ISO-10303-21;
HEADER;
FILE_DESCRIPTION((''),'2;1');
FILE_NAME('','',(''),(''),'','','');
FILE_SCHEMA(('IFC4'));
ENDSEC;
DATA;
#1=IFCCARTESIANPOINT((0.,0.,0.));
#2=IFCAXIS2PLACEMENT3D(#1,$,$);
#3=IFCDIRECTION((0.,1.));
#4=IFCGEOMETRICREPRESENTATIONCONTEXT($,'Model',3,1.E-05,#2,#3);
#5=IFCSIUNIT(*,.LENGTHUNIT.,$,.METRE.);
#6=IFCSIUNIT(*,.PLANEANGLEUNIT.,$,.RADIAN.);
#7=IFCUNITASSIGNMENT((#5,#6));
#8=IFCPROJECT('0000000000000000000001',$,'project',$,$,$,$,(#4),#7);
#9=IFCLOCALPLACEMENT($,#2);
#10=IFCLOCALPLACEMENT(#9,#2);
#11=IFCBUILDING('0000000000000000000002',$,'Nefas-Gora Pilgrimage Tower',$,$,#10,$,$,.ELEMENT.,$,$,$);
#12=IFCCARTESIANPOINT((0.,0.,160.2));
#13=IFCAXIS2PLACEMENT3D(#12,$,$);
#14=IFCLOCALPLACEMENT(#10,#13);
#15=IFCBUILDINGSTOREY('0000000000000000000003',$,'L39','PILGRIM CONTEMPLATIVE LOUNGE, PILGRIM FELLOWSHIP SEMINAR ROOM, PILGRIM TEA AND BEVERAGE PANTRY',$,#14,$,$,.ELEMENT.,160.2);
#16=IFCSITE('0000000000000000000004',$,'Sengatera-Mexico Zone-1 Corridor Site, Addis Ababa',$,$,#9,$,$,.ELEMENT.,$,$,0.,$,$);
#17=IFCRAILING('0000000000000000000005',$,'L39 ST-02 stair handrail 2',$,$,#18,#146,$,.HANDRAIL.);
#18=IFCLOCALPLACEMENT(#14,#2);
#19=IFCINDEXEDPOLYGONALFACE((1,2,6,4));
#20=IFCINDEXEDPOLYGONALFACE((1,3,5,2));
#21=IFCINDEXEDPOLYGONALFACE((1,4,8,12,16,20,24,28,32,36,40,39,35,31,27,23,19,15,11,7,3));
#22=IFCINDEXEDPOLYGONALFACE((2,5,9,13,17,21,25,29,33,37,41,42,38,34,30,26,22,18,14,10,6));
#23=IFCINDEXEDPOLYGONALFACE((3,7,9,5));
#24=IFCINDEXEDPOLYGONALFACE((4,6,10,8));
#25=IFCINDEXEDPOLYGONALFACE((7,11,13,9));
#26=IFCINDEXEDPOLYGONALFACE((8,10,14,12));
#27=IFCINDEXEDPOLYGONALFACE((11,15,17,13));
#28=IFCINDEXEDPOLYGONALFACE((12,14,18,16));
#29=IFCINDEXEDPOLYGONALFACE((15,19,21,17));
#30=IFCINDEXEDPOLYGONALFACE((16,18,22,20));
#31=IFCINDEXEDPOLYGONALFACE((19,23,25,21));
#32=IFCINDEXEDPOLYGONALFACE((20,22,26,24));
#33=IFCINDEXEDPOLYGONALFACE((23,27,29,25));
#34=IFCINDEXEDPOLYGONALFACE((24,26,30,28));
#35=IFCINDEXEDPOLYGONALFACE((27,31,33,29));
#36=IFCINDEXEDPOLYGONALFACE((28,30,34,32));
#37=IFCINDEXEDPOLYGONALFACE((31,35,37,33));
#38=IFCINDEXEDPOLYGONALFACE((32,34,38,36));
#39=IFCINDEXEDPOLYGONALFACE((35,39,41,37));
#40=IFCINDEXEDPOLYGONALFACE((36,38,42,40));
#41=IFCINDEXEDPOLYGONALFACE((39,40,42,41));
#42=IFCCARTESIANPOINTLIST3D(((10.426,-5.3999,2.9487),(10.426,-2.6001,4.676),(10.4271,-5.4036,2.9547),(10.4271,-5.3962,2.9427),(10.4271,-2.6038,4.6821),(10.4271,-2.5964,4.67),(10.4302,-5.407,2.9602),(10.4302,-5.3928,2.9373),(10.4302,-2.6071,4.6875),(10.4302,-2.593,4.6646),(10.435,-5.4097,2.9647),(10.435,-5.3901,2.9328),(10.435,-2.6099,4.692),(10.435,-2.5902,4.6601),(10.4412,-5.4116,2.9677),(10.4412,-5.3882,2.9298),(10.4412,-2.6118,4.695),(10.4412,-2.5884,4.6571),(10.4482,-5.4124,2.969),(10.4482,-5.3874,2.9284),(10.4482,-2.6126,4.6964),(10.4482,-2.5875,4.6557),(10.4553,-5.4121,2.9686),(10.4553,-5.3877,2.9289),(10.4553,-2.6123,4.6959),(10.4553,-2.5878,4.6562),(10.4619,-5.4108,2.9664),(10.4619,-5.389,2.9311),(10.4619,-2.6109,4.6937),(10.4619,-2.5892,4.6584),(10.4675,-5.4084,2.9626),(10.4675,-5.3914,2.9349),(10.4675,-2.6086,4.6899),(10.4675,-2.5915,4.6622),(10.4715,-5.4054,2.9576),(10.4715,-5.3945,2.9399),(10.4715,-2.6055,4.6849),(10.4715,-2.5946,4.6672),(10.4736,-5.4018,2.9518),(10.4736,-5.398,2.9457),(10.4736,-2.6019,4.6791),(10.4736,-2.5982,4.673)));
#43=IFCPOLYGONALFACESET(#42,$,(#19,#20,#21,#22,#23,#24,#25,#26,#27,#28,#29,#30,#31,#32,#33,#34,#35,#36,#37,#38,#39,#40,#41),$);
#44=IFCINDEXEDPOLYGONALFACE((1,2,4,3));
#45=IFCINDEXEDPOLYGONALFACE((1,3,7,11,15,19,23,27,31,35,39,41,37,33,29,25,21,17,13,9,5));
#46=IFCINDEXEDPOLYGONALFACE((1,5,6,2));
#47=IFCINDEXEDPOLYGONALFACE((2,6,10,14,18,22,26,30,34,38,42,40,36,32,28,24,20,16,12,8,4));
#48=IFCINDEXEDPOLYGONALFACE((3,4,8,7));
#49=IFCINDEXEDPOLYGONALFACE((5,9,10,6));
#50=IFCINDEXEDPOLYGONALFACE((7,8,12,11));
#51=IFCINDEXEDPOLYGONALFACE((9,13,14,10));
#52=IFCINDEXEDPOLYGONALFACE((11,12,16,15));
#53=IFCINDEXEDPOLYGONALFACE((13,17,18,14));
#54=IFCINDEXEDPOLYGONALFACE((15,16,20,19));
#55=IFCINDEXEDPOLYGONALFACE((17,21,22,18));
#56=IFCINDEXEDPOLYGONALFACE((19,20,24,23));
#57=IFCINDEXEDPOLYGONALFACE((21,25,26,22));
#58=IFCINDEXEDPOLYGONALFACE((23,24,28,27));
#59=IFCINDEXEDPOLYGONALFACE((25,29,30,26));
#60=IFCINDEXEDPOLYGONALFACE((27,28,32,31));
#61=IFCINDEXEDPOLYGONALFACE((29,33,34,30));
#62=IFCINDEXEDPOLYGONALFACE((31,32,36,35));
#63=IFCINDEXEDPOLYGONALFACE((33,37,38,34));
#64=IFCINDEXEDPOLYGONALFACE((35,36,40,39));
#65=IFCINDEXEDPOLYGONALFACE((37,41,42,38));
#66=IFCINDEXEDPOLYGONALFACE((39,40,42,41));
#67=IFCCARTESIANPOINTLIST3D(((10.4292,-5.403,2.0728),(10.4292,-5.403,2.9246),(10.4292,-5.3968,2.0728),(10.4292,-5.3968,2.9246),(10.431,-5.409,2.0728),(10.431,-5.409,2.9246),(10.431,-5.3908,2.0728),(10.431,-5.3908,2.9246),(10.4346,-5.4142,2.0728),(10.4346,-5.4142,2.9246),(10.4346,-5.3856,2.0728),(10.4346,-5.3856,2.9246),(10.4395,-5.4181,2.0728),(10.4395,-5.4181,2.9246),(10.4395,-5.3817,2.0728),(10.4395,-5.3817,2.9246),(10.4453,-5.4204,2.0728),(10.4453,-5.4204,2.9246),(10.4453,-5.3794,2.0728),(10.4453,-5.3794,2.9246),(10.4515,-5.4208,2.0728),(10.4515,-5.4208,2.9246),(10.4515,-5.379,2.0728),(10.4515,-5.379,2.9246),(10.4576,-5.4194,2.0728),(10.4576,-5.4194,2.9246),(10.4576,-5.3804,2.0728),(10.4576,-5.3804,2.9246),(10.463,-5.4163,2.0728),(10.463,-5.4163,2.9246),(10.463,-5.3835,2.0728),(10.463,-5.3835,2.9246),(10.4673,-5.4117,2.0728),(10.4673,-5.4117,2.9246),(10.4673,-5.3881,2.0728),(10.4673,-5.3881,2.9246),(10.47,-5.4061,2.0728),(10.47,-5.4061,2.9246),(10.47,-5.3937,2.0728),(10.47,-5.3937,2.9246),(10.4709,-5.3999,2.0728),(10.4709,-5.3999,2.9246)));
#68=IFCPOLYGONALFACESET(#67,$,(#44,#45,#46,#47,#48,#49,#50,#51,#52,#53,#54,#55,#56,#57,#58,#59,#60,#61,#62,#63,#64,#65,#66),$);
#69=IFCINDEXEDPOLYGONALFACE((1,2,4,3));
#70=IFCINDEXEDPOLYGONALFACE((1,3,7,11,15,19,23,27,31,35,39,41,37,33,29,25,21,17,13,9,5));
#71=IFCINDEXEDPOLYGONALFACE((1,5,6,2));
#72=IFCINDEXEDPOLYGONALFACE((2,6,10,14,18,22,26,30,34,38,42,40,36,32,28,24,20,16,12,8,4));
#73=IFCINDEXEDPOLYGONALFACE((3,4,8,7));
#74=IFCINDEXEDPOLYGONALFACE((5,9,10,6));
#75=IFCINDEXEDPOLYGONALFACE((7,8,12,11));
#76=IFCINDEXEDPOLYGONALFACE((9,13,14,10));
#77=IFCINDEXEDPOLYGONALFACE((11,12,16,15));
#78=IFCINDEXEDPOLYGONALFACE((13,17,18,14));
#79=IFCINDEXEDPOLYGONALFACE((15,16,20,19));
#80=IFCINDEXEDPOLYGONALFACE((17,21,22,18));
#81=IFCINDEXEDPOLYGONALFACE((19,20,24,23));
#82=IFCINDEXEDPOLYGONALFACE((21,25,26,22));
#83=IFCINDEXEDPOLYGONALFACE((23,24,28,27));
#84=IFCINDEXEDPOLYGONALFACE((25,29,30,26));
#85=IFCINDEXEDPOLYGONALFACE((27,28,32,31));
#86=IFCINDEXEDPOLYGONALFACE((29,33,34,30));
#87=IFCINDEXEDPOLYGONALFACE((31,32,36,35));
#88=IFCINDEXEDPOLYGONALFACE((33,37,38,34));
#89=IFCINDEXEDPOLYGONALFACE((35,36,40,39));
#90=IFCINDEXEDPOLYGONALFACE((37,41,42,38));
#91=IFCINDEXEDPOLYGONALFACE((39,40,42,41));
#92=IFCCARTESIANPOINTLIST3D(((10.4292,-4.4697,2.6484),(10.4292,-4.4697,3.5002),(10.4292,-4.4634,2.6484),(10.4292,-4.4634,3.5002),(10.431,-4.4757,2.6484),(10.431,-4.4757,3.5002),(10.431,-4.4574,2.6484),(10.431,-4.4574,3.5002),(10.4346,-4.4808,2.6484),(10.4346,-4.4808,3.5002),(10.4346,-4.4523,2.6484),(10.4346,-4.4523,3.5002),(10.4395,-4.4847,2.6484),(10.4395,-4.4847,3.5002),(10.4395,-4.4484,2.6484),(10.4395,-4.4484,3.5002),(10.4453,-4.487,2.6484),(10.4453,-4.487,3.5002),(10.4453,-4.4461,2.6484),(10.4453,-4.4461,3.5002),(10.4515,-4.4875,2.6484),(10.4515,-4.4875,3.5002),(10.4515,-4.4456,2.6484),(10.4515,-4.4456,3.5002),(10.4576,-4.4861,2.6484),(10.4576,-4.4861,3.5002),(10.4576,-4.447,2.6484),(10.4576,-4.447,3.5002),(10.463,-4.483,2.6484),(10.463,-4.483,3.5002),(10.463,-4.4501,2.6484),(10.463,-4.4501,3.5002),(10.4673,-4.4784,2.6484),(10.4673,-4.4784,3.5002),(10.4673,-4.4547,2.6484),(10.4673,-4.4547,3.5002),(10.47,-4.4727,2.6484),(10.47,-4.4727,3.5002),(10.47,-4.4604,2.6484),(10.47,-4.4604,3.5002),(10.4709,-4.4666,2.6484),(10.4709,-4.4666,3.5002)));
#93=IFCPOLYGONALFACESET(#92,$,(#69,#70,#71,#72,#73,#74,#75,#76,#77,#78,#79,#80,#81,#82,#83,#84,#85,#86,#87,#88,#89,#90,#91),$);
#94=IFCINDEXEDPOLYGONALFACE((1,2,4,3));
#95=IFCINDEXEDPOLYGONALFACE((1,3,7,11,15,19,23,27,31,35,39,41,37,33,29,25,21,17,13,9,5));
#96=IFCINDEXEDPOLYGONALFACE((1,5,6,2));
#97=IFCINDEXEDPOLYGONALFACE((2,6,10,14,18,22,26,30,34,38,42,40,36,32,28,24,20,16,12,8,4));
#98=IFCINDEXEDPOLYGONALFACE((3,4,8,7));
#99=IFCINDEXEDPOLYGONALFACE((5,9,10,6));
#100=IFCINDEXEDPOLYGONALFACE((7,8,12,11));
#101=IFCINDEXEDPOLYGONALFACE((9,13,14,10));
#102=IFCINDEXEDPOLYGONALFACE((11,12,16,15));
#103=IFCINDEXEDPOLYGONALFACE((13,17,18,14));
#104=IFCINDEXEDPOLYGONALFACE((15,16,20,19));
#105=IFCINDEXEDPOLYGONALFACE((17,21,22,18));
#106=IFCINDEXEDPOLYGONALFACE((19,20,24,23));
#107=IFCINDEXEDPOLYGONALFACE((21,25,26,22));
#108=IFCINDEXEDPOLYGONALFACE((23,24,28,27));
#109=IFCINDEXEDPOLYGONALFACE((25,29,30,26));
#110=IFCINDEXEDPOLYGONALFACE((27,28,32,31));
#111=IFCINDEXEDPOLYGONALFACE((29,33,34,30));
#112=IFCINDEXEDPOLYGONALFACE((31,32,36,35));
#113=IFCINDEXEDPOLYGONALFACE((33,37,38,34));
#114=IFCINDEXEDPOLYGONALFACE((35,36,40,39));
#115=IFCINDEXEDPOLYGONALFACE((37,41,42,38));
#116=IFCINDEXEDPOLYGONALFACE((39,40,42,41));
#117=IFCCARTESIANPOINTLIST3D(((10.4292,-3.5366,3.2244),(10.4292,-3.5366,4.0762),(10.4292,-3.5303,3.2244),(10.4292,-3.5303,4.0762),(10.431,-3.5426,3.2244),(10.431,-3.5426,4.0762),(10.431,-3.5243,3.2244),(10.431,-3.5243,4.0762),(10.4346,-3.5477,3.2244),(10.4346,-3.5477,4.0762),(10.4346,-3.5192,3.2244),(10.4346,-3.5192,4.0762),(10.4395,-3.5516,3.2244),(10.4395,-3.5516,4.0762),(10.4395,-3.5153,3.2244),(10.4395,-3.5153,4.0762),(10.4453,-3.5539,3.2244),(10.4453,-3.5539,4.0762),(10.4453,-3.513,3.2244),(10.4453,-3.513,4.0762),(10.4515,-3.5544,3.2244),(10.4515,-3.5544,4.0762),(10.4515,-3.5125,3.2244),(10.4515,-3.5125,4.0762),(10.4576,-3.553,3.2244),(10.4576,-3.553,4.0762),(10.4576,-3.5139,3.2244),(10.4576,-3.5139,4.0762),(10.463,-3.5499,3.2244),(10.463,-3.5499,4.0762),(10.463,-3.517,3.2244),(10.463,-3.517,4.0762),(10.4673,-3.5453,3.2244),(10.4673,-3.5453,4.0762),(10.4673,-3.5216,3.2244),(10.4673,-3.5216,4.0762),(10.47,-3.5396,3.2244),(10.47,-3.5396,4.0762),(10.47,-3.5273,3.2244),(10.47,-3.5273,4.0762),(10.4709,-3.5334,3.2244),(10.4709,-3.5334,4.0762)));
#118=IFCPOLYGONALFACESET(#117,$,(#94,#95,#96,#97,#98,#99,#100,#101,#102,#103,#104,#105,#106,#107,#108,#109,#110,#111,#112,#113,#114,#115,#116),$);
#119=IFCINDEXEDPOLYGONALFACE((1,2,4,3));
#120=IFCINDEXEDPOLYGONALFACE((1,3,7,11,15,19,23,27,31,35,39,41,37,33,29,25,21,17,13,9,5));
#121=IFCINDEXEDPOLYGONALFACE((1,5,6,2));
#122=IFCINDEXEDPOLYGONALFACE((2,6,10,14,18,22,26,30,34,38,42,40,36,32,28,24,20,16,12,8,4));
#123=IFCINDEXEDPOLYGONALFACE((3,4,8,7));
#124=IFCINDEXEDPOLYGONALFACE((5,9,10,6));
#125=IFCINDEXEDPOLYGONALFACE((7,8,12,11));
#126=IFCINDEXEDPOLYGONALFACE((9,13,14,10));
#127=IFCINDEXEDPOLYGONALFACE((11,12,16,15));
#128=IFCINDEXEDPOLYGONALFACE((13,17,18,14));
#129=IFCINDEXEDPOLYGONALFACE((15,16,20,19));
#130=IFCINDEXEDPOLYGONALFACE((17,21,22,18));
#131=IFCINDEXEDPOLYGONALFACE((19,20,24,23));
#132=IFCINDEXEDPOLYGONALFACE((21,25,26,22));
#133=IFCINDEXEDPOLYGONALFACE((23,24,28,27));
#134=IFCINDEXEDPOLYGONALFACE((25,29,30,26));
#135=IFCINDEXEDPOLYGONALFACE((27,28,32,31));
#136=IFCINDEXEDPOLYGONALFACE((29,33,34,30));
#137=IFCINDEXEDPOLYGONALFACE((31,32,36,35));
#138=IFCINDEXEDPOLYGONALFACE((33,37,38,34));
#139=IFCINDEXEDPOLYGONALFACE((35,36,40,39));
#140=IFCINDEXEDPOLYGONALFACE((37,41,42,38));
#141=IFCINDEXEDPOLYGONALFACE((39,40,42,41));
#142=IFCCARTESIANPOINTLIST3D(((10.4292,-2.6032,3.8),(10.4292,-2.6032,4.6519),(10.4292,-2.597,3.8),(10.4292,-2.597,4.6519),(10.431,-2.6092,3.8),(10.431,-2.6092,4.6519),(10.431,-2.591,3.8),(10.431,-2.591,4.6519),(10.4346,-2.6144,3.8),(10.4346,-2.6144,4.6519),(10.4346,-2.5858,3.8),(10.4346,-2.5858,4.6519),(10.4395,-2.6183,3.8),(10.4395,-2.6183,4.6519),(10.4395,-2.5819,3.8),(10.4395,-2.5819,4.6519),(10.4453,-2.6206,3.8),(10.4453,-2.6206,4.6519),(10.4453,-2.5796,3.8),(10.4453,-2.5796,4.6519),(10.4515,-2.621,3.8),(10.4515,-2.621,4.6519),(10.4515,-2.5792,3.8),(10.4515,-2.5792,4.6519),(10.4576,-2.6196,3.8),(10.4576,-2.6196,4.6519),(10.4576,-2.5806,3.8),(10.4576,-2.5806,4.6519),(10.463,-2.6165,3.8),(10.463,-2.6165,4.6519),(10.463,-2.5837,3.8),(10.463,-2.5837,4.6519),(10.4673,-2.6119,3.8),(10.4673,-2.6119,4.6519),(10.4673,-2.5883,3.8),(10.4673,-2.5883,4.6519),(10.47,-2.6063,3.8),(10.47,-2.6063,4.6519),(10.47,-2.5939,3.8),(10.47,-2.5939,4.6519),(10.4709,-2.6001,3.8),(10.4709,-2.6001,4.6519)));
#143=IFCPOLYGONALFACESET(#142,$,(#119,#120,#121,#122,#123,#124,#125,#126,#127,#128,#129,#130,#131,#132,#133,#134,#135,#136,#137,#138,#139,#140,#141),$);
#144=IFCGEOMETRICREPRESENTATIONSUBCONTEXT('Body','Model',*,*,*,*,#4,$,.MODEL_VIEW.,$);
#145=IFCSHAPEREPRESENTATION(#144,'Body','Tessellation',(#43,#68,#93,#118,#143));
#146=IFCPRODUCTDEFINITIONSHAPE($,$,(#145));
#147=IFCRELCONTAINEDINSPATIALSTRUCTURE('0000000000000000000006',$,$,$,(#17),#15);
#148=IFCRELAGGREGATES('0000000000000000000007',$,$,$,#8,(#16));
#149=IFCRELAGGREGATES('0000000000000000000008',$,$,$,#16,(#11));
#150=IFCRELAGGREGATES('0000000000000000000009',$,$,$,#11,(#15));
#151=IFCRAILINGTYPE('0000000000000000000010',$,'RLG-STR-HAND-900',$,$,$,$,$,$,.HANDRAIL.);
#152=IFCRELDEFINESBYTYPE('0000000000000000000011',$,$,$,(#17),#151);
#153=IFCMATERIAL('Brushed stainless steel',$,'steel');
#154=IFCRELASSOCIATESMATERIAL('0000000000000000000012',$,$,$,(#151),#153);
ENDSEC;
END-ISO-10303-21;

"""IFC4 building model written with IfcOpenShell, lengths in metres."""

from ifc_helpers import new_model, si_unit, direction, frame, origin, origin_2d, place, context, subcontext, project, spatial, circle, extrude, material, type_object, element, save


model = new_model("IFC4")

# Units and contexts
model_context = context("Model", 3, precision=1e-05, world=origin(), true_north=direction((0.0, 1.0)))
body_context = subcontext(model_context, "Body", "Model", "MODEL_VIEW")
ifc_project = project(units=[si_unit("LENGTHUNIT", "METRE"), si_unit("PLANEANGLEUNIT", "RADIAN")], contexts=[model_context])

# Site, building, storey
site_placement = place(None, origin())
site = spatial("IfcSite", under=ifc_project, at=site_placement, Name="Sengatera-Mexico Zone-1 Corridor Site, Addis Ababa", CompositionType="ELEMENT", RefElevation=0.0)
building_placement = place(site_placement, origin())
building = spatial("IfcBuilding", under=site, at=building_placement, Name="Nefas-Gora Pilgrimage Tower", CompositionType="ELEMENT")
storey_placement = place(building_placement, frame((0.0, 0.0, 160.2)))
storey = spatial("IfcBuildingStorey", under=building, at=storey_placement, Name="L39", Description="PILGRIM CONTEMPLATIVE LOUNGE, PILGRIM FELLOWSHIP SEMINAR ROOM, PILGRIM TEA AND BEVERAGE PANTRY", CompositionType="ELEMENT", Elevation=160.2)

# Railing
ifc_material_1 = material(Name="Brushed stainless steel", Category="steel")
railing_type_1 = type_object("IfcRailingType", Name="RLG-STR-HAND-900", PredefinedType="HANDRAIL", material=ifc_material_1)
railing_1_placement = place(storey_placement, frame((10.45, -5.3999, 2.0728)))
element("IfcRailing", 1, at=railing_1_placement, inside=storey, type_object=railing_type_1, Name="L39 ST-02 stair handrail 2", PredefinedType="HANDRAIL", context=body_context, shape_type="SweptSolid", body=[
    extrude(circle(Radius=0.0239, at=origin_2d()), frame((0.0, 0.0, 0.876), z_axis=(0.0, 0.851069, 0.525054), x_axis=(-1.0, 0.0, 0.0)), (0.0, 0.0, 1.0), 3.2898),
    extrude(circle(Radius=0.021, at=origin_2d()), origin(), (0.0, 0.0, 1.0), 0.8518),
    extrude(circle(Radius=0.021, at=origin_2d()), frame((0.0, 0.9333, 0.5757)), (0.0, 0.0, 1.0), 0.8518),
    extrude(circle(Radius=0.021, at=origin_2d()), frame((0.0, 1.8665, 1.1516)), (0.0, 0.0, 1.0), 0.8518),
    extrude(circle(Radius=0.021, at=origin_2d()), frame((0.0, 2.7998, 1.7273)), (0.0, 0.0, 1.0), 0.8518),
])

save(model, "model.ifc")
